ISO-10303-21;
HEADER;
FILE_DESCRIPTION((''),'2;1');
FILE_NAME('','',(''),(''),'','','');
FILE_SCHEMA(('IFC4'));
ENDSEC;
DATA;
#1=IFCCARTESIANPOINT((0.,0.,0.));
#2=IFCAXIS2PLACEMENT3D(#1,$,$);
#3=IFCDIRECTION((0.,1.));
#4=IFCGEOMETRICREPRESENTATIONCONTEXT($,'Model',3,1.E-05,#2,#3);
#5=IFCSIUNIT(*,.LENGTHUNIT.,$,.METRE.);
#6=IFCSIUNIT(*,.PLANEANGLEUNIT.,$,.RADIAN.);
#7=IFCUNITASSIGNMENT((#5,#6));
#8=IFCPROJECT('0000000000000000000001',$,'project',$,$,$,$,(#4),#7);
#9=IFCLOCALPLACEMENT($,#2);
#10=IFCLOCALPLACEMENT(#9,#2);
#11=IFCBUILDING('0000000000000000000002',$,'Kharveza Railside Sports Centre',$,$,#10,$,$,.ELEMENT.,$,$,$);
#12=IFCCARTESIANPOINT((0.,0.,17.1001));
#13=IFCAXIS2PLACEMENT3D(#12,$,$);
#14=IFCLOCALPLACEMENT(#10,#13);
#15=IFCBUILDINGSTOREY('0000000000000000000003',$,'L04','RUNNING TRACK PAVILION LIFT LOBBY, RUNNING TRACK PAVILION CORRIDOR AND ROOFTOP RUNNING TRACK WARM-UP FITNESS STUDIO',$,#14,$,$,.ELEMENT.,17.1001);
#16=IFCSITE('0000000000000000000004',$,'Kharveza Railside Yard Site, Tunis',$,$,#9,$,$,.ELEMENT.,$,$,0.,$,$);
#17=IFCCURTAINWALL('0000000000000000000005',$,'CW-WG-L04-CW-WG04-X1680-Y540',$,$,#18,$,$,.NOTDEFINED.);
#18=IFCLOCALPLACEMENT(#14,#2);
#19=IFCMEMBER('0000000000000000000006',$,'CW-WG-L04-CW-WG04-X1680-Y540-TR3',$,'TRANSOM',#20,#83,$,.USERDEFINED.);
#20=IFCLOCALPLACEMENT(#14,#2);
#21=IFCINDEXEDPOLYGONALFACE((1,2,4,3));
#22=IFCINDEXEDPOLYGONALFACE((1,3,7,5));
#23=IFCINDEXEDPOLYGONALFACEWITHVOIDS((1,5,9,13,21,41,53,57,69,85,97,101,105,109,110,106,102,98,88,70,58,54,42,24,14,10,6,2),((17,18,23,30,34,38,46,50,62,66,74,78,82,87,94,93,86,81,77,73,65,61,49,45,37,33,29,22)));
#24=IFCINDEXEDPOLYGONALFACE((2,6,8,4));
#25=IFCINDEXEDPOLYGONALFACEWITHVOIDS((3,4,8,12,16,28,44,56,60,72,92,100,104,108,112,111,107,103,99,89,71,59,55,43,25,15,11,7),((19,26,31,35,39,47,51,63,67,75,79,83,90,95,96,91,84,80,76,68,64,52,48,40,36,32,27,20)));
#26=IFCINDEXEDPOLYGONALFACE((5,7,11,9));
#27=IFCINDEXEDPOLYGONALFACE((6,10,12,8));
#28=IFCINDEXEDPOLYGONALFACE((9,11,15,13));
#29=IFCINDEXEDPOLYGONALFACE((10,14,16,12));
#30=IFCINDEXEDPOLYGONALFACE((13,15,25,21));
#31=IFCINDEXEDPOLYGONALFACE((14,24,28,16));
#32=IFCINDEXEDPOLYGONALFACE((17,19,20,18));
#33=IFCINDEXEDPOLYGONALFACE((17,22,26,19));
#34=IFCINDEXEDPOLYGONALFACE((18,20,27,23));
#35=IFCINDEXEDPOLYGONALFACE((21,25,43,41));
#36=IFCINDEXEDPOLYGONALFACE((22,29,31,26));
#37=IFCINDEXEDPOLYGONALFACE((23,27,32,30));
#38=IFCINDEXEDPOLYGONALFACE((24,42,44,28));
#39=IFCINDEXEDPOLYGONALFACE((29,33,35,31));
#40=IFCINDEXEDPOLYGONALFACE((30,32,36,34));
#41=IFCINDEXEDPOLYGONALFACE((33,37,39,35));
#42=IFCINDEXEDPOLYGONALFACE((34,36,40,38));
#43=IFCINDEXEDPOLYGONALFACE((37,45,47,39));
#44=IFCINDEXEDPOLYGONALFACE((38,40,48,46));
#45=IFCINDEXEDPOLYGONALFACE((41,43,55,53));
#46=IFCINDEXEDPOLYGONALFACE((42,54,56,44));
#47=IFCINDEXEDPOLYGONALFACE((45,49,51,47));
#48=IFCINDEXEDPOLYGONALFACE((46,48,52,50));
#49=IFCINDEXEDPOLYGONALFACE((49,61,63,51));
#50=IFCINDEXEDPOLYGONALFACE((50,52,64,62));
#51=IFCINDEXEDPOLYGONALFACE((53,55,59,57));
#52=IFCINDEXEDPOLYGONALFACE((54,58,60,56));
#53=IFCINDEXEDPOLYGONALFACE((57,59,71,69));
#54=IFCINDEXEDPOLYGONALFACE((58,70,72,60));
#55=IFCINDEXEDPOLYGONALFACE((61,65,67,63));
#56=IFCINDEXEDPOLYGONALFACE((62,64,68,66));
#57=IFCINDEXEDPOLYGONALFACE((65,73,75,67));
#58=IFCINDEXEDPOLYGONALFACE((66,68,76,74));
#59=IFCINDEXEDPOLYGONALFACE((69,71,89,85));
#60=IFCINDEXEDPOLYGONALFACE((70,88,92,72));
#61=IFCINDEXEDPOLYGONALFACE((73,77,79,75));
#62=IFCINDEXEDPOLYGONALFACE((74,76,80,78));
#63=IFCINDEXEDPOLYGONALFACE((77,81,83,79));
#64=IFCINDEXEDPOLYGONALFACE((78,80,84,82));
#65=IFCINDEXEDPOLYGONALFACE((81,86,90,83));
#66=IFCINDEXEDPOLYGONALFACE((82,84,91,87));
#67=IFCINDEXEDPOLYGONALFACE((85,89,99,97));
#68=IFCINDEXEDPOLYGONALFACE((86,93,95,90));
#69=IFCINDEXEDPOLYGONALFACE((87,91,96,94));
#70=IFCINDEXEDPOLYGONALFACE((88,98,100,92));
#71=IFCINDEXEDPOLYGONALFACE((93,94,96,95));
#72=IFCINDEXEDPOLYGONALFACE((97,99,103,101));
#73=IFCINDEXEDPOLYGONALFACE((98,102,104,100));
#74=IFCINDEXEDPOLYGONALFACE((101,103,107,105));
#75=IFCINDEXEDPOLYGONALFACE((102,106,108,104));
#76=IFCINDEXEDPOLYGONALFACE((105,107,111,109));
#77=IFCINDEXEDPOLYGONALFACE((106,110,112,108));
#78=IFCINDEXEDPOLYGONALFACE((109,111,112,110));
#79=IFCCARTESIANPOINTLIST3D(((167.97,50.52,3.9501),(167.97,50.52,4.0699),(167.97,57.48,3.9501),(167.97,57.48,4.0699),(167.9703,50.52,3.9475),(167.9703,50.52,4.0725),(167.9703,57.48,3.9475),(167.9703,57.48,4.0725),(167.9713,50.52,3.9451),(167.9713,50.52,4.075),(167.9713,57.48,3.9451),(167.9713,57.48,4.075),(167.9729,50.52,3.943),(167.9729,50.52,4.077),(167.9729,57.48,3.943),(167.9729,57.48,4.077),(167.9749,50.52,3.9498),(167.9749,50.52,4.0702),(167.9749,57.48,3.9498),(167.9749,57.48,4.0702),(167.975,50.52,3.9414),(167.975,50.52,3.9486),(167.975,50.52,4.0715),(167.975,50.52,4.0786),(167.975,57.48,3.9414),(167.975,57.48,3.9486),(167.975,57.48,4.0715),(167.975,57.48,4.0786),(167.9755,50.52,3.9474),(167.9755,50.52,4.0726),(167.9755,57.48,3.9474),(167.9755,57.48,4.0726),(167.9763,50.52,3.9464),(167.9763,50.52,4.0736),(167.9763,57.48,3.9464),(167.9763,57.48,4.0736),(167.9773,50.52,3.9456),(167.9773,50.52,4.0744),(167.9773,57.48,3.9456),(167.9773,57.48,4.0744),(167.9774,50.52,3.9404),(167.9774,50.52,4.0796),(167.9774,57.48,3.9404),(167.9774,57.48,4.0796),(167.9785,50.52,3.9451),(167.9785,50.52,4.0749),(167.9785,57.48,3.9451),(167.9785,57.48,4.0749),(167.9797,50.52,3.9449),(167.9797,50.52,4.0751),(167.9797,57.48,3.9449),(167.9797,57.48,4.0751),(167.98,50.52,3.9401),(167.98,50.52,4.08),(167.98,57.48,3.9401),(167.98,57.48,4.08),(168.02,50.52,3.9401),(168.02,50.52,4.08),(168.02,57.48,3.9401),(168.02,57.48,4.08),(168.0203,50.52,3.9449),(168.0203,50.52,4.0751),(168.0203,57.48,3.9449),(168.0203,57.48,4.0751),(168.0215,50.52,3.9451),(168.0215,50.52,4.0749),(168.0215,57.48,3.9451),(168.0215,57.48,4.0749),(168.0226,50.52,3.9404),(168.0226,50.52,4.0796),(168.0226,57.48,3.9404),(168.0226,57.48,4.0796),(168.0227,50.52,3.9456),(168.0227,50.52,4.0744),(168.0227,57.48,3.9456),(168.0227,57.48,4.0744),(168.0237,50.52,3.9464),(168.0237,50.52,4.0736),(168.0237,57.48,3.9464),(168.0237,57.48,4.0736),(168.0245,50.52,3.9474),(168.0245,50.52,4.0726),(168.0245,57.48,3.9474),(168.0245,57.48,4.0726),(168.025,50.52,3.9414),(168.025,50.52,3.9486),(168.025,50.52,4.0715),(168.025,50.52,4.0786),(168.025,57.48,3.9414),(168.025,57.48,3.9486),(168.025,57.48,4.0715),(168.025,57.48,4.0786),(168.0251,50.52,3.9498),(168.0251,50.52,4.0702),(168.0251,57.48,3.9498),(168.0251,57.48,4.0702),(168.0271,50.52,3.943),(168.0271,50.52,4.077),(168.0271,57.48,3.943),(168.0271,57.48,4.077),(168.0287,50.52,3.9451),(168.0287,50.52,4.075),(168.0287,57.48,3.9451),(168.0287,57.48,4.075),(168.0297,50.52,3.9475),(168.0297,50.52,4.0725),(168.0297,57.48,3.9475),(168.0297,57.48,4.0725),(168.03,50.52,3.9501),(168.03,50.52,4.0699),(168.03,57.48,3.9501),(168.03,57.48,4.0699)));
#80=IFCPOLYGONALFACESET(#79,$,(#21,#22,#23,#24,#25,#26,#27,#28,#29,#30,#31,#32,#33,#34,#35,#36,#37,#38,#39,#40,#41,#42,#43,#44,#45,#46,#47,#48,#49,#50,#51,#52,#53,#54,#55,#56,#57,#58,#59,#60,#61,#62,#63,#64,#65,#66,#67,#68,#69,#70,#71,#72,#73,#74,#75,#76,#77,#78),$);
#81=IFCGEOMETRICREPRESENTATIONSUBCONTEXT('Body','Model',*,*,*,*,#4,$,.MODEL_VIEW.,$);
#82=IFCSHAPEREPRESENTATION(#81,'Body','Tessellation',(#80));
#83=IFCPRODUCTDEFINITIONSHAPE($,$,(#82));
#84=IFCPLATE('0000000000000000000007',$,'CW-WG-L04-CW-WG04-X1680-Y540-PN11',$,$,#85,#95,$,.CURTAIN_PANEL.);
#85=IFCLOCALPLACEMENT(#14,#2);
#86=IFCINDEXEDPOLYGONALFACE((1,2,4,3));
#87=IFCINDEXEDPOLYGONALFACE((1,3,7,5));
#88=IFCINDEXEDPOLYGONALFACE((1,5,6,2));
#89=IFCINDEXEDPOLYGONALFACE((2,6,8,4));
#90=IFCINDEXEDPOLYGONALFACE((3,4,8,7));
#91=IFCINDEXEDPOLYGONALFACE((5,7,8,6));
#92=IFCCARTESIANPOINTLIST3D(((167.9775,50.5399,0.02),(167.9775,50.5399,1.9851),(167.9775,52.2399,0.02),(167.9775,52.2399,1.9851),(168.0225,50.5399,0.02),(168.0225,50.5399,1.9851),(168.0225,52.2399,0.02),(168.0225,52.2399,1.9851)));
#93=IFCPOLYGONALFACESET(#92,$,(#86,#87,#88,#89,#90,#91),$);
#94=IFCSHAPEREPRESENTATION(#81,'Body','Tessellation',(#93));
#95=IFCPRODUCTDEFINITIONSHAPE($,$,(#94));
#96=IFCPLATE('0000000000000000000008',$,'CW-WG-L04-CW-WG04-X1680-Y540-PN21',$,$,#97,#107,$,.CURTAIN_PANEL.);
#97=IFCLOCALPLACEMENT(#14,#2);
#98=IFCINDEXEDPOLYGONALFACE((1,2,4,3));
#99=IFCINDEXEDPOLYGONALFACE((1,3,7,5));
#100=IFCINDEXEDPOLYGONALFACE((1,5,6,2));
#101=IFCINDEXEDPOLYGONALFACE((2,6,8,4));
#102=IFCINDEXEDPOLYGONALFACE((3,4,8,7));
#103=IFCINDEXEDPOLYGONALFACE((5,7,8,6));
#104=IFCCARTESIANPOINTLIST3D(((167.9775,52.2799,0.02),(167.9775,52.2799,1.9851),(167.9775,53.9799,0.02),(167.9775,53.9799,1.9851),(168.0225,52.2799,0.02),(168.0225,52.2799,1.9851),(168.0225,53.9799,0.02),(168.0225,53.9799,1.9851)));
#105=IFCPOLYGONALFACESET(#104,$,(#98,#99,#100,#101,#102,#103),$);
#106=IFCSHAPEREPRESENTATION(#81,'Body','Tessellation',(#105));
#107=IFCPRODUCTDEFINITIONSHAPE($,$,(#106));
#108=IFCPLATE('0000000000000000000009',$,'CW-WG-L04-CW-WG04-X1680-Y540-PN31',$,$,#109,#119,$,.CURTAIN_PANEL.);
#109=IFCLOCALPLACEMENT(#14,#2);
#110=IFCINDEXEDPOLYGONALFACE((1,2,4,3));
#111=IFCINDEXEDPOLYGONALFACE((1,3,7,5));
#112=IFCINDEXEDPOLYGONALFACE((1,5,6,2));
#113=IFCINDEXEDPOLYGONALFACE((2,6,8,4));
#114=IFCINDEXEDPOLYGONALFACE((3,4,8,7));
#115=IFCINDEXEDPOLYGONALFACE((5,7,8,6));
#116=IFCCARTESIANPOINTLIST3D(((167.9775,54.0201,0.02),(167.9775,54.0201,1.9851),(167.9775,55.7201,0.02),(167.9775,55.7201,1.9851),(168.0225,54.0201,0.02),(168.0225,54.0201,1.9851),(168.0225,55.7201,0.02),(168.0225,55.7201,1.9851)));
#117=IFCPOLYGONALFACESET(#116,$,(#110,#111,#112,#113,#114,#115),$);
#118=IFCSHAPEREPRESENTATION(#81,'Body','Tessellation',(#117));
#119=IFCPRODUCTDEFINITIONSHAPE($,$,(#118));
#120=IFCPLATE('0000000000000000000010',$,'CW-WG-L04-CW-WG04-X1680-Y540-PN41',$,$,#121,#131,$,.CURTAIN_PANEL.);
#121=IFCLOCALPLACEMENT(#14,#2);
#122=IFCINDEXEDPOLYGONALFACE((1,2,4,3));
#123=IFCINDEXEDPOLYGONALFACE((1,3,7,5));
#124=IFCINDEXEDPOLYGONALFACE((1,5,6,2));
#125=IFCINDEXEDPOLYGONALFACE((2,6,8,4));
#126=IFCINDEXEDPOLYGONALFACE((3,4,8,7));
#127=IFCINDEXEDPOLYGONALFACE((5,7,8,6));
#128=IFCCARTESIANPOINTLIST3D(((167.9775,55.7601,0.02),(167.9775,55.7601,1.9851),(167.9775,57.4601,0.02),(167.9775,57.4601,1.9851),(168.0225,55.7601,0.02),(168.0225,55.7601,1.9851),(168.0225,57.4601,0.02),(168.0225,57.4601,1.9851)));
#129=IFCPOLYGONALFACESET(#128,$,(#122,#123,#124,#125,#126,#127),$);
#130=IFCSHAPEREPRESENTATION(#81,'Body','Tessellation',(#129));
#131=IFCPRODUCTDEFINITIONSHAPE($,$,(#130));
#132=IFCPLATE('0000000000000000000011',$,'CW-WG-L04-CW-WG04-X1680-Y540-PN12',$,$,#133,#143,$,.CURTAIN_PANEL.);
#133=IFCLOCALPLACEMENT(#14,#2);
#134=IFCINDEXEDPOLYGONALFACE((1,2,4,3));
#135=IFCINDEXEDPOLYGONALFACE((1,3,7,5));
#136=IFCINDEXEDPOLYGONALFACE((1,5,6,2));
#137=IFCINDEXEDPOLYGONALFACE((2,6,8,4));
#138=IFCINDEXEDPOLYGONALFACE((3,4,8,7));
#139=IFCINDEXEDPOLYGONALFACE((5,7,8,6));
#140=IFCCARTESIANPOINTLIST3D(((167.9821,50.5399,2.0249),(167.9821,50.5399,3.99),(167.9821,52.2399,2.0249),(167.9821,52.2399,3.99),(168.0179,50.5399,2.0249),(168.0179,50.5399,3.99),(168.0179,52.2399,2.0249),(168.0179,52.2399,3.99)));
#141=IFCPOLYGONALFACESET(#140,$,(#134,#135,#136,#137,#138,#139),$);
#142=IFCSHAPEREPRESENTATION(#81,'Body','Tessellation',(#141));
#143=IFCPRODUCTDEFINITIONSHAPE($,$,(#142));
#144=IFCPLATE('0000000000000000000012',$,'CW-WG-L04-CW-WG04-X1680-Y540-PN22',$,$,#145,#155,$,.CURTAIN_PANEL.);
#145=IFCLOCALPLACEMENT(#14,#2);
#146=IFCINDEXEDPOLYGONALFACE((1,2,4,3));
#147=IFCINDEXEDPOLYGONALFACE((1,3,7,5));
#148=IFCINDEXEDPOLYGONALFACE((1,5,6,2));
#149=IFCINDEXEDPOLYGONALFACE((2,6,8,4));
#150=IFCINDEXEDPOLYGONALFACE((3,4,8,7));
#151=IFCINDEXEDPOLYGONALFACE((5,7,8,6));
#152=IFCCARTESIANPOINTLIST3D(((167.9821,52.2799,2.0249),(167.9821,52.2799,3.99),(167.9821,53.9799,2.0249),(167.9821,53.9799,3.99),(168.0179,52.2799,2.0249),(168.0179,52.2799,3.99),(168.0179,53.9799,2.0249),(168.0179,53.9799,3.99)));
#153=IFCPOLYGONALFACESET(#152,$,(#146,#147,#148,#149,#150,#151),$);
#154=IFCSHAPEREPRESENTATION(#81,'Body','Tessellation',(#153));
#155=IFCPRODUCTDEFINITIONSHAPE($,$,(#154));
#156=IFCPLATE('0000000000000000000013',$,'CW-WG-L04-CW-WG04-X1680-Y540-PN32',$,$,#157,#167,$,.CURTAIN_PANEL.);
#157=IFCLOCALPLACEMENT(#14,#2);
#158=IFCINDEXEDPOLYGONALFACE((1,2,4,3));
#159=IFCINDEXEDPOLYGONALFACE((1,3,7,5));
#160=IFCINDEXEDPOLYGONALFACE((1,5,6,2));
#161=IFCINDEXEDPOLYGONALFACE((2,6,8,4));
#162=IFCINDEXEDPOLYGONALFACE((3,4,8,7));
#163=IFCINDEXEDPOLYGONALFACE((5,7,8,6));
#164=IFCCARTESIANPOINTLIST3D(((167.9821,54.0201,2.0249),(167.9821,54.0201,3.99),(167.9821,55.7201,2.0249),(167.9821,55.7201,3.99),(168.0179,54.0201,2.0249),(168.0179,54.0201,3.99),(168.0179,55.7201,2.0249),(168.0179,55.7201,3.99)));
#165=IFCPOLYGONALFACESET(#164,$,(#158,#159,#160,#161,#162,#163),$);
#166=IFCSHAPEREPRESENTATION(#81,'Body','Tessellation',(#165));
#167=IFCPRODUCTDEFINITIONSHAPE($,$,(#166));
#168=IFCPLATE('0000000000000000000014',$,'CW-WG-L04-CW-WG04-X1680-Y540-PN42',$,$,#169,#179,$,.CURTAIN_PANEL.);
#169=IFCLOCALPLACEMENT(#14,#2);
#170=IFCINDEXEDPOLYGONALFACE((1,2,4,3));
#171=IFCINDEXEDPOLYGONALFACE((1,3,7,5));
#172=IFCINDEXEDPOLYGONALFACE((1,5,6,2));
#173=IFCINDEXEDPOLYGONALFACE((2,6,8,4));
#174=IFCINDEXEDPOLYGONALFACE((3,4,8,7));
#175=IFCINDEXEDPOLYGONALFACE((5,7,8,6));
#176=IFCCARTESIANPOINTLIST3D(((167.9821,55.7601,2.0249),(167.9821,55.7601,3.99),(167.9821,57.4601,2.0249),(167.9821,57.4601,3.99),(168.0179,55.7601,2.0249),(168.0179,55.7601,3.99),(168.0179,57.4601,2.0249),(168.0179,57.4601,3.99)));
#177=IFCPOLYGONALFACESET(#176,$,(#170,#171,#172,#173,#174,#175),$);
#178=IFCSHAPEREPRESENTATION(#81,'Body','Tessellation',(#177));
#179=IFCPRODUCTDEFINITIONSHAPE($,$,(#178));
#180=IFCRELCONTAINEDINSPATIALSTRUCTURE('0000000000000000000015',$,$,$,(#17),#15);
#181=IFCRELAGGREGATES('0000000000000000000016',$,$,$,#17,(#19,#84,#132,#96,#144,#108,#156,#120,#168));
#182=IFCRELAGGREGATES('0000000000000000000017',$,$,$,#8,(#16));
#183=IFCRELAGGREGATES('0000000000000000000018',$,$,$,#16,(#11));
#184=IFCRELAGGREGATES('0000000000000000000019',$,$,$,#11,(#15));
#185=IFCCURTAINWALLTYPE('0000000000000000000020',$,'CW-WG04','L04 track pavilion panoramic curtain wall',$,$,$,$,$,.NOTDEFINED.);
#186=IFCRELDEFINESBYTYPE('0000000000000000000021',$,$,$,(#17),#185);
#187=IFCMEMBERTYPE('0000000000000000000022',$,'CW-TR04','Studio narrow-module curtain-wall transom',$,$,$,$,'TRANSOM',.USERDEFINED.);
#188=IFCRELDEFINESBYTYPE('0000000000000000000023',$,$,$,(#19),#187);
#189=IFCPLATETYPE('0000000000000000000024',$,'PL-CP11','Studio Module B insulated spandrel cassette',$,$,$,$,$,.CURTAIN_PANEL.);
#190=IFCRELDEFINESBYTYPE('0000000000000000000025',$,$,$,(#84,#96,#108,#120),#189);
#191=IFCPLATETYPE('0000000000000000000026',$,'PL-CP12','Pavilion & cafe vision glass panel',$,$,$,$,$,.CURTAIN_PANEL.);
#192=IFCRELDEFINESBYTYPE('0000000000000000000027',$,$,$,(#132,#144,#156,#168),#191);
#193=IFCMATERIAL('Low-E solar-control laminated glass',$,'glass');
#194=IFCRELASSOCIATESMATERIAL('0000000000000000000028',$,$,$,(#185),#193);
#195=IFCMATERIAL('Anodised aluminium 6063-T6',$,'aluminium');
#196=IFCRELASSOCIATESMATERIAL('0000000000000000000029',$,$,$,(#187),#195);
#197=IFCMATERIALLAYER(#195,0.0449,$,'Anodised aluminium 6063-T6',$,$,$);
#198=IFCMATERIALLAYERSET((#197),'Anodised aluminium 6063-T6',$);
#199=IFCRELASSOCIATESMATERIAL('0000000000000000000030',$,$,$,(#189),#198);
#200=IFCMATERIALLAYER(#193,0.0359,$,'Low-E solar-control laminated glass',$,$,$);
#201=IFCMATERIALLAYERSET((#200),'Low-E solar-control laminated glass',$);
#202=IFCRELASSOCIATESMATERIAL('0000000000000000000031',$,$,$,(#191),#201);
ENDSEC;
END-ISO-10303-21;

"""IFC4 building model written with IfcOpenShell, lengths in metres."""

from ifc_helpers import new_model, si_unit, direction, frame, origin, origin_2d, place, context, subcontext, project, spatial, rectangle, hollow_rectangle, extrude, material, layer, layer_set, material_profile, profile_set, type_object, element, aggregate, save


model = new_model("IFC4")

# Units and contexts
model_context = context("Model", 3, precision=1e-05, world=origin(), true_north=direction((0.0, 1.0)))
body_context = subcontext(model_context, "Body", "Model", "MODEL_VIEW")
ifc_project = project(units=[si_unit("LENGTHUNIT", "METRE"), si_unit("PLANEANGLEUNIT", "RADIAN")], contexts=[model_context])

# Site, building, storey
site_placement = place(None, origin())
site = spatial("IfcSite", under=ifc_project, at=site_placement, Name="Kharveza Railside Yard Site, Tunis", CompositionType="ELEMENT", RefElevation=0.0)
building_placement = place(site_placement, origin())
building = spatial("IfcBuilding", under=site, at=building_placement, Name="Kharveza Railside Sports Centre", CompositionType="ELEMENT")
storey_placement = place(building_placement, frame((0.0, 0.0, 17.1001)))
storey = spatial("IfcBuildingStorey", under=building, at=storey_placement, Name="L04", Description="RUNNING TRACK PAVILION LIFT LOBBY, RUNNING TRACK PAVILION CORRIDOR AND ROOFTOP RUNNING TRACK WARM-UP FITNESS STUDIO", CompositionType="ELEMENT", Elevation=17.1001)

# Curtain wall, member, plates
ifc_material_1 = material(Name="Low-E solar-control laminated glass", Category="glass")
curtain_wall_type = type_object("IfcCurtainWallType", Name="CW-WG04", Description="L04 track pavilion panoramic curtain wall", PredefinedType="NOTDEFINED", material=ifc_material_1)
curtain_wall_placement = place(storey_placement, origin())
curtain_wall = element("IfcCurtainWall", 1, at=curtain_wall_placement, inside=storey, type_object=curtain_wall_type, Name="CW-WG-L04-CW-WG04-X1680-Y540", PredefinedType="NOTDEFINED")
ifc_material_2 = material(Name="Anodised aluminium 6063-T6", Category="aluminium")
ifc_material_profile_1 = material_profile(ifc_material_2, hollow_rectangle(XDim=0.0601, YDim=0.1399, WallThickness=0.0049, InnerFilletRadius=0.0049, OuterFilletRadius=0.01, at=origin_2d()), Name="RHS 60x140x5.0")
ifc_profile_set_1 = profile_set([ifc_material_profile_1], Name="Anodised aluminium 6063-T6")
member_type_1 = type_object("IfcMemberType", Name="CW-TR04", Description="Studio narrow-module curtain-wall transom", ElementType="TRANSOM", PredefinedType="USERDEFINED", material=ifc_profile_set_1)
member_1_placement = place(storey_placement, frame((168.0, 50.52, 4.01), z_axis=(0.0, 1.0, 0.0), x_axis=(-1.0, 0.0, 0.0)))
member_1 = element("IfcMember", 2, at=member_1_placement, type_object=member_type_1, Name="CW-WG-L04-CW-WG04-X1680-Y540-TR3", ObjectType="TRANSOM", PredefinedType="USERDEFINED", context=body_context, shape_type="SweptSolid", body=[
    extrude(hollow_rectangle(XDim=0.0601, YDim=0.1399, WallThickness=0.0049, InnerFilletRadius=0.0049, OuterFilletRadius=0.01, at=origin_2d()), origin(), (0.0, 0.0, 1.0), 6.96),
])
ifc_layer_1 = layer(ifc_material_2, 0.0449, Name="Anodised aluminium 6063-T6")
ifc_layer_set_1 = layer_set([ifc_layer_1], Name="Anodised aluminium 6063-T6")
plate_type_1 = type_object("IfcPlateType", Name="PL-CP11", Description="Studio Module B insulated spandrel cassette", PredefinedType="CURTAIN_PANEL", material=ifc_layer_set_1)
plate_1_placement = place(storey_placement, frame((168.0, 51.3899, 0.02), z_axis=(0.0, 0.0, 1.0), x_axis=(0.0, 1.0, 0.0)))
plate_1 = element("IfcPlate", 3, at=plate_1_placement, type_object=plate_type_1, Name="CW-WG-L04-CW-WG04-X1680-Y540-PN11", PredefinedType="CURTAIN_PANEL", context=body_context, shape_type="SweptSolid", body=[
    extrude(rectangle(XDim=1.7, YDim=0.0449, at=origin_2d()), origin(), (0.0, 0.0, 1.0), 1.9651),
])
plate_2_placement = place(storey_placement, frame((168.0, 53.1299, 0.02), z_axis=(0.0, 0.0, 1.0), x_axis=(0.0, 1.0, 0.0)))
plate_2 = element("IfcPlate", 4, at=plate_2_placement, type_object=plate_type_1, Name="CW-WG-L04-CW-WG04-X1680-Y540-PN21", PredefinedType="CURTAIN_PANEL", context=body_context, shape_type="SweptSolid", body=[
    extrude(rectangle(XDim=1.7, YDim=0.0449, at=origin_2d()), origin(), (0.0, 0.0, 1.0), 1.9651),
])
plate_3_placement = place(storey_placement, frame((168.0, 54.8701, 0.02), z_axis=(0.0, 0.0, 1.0), x_axis=(0.0, 1.0, 0.0)))
plate_3 = element("IfcPlate", 5, at=plate_3_placement, type_object=plate_type_1, Name="CW-WG-L04-CW-WG04-X1680-Y540-PN31", PredefinedType="CURTAIN_PANEL", context=body_context, shape_type="SweptSolid", body=[
    extrude(rectangle(XDim=1.7, YDim=0.0449, at=origin_2d()), origin(), (0.0, 0.0, 1.0), 1.9651),
])
plate_4_placement = place(storey_placement, frame((168.0, 56.6101, 0.02), z_axis=(0.0, 0.0, 1.0), x_axis=(0.0, 1.0, 0.0)))
plate_4 = element("IfcPlate", 6, at=plate_4_placement, type_object=plate_type_1, Name="CW-WG-L04-CW-WG04-X1680-Y540-PN41", PredefinedType="CURTAIN_PANEL", context=body_context, shape_type="SweptSolid", body=[
    extrude(rectangle(XDim=1.7, YDim=0.0449, at=origin_2d()), origin(), (0.0, 0.0, 1.0), 1.9651),
])
ifc_layer_2 = layer(ifc_material_1, 0.0359, Name="Low-E solar-control laminated glass")
ifc_layer_set_2 = layer_set([ifc_layer_2], Name="Low-E solar-control laminated glass")
plate_type_2 = type_object("IfcPlateType", Name="PL-CP12", Description="Pavilion & cafe vision glass panel", PredefinedType="CURTAIN_PANEL", material=ifc_layer_set_2)
plate_5_placement = place(storey_placement, frame((168.0, 51.3899, 2.0249), z_axis=(0.0, 0.0, 1.0), x_axis=(0.0, 1.0, 0.0)))
plate_5 = element("IfcPlate", 7, at=plate_5_placement, type_object=plate_type_2, Name="CW-WG-L04-CW-WG04-X1680-Y540-PN12", PredefinedType="CURTAIN_PANEL", context=body_context, shape_type="SweptSolid", body=[
    extrude(rectangle(XDim=1.7, YDim=0.0359, at=origin_2d()), origin(), (0.0, 0.0, 1.0), 1.9651),
])
plate_6_placement = place(storey_placement, frame((168.0, 53.1299, 2.0249), z_axis=(0.0, 0.0, 1.0), x_axis=(0.0, 1.0, 0.0)))
plate_6 = element("IfcPlate", 8, at=plate_6_placement, type_object=plate_type_2, Name="CW-WG-L04-CW-WG04-X1680-Y540-PN22", PredefinedType="CURTAIN_PANEL", context=body_context, shape_type="SweptSolid", body=[
    extrude(rectangle(XDim=1.7, YDim=0.0359, at=origin_2d()), origin(), (0.0, 0.0, 1.0), 1.9651),
])
plate_7_placement = place(storey_placement, frame((168.0, 54.8701, 2.0249), z_axis=(0.0, 0.0, 1.0), x_axis=(0.0, 1.0, 0.0)))
plate_7 = element("IfcPlate", 9, at=plate_7_placement, type_object=plate_type_2, Name="CW-WG-L04-CW-WG04-X1680-Y540-PN32", PredefinedType="CURTAIN_PANEL", context=body_context, shape_type="SweptSolid", body=[
    extrude(rectangle(XDim=1.7, YDim=0.0359, at=origin_2d()), origin(), (0.0, 0.0, 1.0), 1.9651),
])
plate_8_placement = place(storey_placement, frame((168.0, 56.6101, 2.0249), z_axis=(0.0, 0.0, 1.0), x_axis=(0.0, 1.0, 0.0)))
plate_8 = element("IfcPlate", 10, at=plate_8_placement, type_object=plate_type_2, Name="CW-WG-L04-CW-WG04-X1680-Y540-PN42", PredefinedType="CURTAIN_PANEL", context=body_context, shape_type="SweptSolid", body=[
    extrude(rectangle(XDim=1.7, YDim=0.0359, at=origin_2d()), origin(), (0.0, 0.0, 1.0), 1.9651),
])
aggregate(curtain_wall, [member_1, plate_1, plate_5, plate_2, plate_6, plate_3, plate_7, plate_4, plate_8])

save(model, "model.ifc")
